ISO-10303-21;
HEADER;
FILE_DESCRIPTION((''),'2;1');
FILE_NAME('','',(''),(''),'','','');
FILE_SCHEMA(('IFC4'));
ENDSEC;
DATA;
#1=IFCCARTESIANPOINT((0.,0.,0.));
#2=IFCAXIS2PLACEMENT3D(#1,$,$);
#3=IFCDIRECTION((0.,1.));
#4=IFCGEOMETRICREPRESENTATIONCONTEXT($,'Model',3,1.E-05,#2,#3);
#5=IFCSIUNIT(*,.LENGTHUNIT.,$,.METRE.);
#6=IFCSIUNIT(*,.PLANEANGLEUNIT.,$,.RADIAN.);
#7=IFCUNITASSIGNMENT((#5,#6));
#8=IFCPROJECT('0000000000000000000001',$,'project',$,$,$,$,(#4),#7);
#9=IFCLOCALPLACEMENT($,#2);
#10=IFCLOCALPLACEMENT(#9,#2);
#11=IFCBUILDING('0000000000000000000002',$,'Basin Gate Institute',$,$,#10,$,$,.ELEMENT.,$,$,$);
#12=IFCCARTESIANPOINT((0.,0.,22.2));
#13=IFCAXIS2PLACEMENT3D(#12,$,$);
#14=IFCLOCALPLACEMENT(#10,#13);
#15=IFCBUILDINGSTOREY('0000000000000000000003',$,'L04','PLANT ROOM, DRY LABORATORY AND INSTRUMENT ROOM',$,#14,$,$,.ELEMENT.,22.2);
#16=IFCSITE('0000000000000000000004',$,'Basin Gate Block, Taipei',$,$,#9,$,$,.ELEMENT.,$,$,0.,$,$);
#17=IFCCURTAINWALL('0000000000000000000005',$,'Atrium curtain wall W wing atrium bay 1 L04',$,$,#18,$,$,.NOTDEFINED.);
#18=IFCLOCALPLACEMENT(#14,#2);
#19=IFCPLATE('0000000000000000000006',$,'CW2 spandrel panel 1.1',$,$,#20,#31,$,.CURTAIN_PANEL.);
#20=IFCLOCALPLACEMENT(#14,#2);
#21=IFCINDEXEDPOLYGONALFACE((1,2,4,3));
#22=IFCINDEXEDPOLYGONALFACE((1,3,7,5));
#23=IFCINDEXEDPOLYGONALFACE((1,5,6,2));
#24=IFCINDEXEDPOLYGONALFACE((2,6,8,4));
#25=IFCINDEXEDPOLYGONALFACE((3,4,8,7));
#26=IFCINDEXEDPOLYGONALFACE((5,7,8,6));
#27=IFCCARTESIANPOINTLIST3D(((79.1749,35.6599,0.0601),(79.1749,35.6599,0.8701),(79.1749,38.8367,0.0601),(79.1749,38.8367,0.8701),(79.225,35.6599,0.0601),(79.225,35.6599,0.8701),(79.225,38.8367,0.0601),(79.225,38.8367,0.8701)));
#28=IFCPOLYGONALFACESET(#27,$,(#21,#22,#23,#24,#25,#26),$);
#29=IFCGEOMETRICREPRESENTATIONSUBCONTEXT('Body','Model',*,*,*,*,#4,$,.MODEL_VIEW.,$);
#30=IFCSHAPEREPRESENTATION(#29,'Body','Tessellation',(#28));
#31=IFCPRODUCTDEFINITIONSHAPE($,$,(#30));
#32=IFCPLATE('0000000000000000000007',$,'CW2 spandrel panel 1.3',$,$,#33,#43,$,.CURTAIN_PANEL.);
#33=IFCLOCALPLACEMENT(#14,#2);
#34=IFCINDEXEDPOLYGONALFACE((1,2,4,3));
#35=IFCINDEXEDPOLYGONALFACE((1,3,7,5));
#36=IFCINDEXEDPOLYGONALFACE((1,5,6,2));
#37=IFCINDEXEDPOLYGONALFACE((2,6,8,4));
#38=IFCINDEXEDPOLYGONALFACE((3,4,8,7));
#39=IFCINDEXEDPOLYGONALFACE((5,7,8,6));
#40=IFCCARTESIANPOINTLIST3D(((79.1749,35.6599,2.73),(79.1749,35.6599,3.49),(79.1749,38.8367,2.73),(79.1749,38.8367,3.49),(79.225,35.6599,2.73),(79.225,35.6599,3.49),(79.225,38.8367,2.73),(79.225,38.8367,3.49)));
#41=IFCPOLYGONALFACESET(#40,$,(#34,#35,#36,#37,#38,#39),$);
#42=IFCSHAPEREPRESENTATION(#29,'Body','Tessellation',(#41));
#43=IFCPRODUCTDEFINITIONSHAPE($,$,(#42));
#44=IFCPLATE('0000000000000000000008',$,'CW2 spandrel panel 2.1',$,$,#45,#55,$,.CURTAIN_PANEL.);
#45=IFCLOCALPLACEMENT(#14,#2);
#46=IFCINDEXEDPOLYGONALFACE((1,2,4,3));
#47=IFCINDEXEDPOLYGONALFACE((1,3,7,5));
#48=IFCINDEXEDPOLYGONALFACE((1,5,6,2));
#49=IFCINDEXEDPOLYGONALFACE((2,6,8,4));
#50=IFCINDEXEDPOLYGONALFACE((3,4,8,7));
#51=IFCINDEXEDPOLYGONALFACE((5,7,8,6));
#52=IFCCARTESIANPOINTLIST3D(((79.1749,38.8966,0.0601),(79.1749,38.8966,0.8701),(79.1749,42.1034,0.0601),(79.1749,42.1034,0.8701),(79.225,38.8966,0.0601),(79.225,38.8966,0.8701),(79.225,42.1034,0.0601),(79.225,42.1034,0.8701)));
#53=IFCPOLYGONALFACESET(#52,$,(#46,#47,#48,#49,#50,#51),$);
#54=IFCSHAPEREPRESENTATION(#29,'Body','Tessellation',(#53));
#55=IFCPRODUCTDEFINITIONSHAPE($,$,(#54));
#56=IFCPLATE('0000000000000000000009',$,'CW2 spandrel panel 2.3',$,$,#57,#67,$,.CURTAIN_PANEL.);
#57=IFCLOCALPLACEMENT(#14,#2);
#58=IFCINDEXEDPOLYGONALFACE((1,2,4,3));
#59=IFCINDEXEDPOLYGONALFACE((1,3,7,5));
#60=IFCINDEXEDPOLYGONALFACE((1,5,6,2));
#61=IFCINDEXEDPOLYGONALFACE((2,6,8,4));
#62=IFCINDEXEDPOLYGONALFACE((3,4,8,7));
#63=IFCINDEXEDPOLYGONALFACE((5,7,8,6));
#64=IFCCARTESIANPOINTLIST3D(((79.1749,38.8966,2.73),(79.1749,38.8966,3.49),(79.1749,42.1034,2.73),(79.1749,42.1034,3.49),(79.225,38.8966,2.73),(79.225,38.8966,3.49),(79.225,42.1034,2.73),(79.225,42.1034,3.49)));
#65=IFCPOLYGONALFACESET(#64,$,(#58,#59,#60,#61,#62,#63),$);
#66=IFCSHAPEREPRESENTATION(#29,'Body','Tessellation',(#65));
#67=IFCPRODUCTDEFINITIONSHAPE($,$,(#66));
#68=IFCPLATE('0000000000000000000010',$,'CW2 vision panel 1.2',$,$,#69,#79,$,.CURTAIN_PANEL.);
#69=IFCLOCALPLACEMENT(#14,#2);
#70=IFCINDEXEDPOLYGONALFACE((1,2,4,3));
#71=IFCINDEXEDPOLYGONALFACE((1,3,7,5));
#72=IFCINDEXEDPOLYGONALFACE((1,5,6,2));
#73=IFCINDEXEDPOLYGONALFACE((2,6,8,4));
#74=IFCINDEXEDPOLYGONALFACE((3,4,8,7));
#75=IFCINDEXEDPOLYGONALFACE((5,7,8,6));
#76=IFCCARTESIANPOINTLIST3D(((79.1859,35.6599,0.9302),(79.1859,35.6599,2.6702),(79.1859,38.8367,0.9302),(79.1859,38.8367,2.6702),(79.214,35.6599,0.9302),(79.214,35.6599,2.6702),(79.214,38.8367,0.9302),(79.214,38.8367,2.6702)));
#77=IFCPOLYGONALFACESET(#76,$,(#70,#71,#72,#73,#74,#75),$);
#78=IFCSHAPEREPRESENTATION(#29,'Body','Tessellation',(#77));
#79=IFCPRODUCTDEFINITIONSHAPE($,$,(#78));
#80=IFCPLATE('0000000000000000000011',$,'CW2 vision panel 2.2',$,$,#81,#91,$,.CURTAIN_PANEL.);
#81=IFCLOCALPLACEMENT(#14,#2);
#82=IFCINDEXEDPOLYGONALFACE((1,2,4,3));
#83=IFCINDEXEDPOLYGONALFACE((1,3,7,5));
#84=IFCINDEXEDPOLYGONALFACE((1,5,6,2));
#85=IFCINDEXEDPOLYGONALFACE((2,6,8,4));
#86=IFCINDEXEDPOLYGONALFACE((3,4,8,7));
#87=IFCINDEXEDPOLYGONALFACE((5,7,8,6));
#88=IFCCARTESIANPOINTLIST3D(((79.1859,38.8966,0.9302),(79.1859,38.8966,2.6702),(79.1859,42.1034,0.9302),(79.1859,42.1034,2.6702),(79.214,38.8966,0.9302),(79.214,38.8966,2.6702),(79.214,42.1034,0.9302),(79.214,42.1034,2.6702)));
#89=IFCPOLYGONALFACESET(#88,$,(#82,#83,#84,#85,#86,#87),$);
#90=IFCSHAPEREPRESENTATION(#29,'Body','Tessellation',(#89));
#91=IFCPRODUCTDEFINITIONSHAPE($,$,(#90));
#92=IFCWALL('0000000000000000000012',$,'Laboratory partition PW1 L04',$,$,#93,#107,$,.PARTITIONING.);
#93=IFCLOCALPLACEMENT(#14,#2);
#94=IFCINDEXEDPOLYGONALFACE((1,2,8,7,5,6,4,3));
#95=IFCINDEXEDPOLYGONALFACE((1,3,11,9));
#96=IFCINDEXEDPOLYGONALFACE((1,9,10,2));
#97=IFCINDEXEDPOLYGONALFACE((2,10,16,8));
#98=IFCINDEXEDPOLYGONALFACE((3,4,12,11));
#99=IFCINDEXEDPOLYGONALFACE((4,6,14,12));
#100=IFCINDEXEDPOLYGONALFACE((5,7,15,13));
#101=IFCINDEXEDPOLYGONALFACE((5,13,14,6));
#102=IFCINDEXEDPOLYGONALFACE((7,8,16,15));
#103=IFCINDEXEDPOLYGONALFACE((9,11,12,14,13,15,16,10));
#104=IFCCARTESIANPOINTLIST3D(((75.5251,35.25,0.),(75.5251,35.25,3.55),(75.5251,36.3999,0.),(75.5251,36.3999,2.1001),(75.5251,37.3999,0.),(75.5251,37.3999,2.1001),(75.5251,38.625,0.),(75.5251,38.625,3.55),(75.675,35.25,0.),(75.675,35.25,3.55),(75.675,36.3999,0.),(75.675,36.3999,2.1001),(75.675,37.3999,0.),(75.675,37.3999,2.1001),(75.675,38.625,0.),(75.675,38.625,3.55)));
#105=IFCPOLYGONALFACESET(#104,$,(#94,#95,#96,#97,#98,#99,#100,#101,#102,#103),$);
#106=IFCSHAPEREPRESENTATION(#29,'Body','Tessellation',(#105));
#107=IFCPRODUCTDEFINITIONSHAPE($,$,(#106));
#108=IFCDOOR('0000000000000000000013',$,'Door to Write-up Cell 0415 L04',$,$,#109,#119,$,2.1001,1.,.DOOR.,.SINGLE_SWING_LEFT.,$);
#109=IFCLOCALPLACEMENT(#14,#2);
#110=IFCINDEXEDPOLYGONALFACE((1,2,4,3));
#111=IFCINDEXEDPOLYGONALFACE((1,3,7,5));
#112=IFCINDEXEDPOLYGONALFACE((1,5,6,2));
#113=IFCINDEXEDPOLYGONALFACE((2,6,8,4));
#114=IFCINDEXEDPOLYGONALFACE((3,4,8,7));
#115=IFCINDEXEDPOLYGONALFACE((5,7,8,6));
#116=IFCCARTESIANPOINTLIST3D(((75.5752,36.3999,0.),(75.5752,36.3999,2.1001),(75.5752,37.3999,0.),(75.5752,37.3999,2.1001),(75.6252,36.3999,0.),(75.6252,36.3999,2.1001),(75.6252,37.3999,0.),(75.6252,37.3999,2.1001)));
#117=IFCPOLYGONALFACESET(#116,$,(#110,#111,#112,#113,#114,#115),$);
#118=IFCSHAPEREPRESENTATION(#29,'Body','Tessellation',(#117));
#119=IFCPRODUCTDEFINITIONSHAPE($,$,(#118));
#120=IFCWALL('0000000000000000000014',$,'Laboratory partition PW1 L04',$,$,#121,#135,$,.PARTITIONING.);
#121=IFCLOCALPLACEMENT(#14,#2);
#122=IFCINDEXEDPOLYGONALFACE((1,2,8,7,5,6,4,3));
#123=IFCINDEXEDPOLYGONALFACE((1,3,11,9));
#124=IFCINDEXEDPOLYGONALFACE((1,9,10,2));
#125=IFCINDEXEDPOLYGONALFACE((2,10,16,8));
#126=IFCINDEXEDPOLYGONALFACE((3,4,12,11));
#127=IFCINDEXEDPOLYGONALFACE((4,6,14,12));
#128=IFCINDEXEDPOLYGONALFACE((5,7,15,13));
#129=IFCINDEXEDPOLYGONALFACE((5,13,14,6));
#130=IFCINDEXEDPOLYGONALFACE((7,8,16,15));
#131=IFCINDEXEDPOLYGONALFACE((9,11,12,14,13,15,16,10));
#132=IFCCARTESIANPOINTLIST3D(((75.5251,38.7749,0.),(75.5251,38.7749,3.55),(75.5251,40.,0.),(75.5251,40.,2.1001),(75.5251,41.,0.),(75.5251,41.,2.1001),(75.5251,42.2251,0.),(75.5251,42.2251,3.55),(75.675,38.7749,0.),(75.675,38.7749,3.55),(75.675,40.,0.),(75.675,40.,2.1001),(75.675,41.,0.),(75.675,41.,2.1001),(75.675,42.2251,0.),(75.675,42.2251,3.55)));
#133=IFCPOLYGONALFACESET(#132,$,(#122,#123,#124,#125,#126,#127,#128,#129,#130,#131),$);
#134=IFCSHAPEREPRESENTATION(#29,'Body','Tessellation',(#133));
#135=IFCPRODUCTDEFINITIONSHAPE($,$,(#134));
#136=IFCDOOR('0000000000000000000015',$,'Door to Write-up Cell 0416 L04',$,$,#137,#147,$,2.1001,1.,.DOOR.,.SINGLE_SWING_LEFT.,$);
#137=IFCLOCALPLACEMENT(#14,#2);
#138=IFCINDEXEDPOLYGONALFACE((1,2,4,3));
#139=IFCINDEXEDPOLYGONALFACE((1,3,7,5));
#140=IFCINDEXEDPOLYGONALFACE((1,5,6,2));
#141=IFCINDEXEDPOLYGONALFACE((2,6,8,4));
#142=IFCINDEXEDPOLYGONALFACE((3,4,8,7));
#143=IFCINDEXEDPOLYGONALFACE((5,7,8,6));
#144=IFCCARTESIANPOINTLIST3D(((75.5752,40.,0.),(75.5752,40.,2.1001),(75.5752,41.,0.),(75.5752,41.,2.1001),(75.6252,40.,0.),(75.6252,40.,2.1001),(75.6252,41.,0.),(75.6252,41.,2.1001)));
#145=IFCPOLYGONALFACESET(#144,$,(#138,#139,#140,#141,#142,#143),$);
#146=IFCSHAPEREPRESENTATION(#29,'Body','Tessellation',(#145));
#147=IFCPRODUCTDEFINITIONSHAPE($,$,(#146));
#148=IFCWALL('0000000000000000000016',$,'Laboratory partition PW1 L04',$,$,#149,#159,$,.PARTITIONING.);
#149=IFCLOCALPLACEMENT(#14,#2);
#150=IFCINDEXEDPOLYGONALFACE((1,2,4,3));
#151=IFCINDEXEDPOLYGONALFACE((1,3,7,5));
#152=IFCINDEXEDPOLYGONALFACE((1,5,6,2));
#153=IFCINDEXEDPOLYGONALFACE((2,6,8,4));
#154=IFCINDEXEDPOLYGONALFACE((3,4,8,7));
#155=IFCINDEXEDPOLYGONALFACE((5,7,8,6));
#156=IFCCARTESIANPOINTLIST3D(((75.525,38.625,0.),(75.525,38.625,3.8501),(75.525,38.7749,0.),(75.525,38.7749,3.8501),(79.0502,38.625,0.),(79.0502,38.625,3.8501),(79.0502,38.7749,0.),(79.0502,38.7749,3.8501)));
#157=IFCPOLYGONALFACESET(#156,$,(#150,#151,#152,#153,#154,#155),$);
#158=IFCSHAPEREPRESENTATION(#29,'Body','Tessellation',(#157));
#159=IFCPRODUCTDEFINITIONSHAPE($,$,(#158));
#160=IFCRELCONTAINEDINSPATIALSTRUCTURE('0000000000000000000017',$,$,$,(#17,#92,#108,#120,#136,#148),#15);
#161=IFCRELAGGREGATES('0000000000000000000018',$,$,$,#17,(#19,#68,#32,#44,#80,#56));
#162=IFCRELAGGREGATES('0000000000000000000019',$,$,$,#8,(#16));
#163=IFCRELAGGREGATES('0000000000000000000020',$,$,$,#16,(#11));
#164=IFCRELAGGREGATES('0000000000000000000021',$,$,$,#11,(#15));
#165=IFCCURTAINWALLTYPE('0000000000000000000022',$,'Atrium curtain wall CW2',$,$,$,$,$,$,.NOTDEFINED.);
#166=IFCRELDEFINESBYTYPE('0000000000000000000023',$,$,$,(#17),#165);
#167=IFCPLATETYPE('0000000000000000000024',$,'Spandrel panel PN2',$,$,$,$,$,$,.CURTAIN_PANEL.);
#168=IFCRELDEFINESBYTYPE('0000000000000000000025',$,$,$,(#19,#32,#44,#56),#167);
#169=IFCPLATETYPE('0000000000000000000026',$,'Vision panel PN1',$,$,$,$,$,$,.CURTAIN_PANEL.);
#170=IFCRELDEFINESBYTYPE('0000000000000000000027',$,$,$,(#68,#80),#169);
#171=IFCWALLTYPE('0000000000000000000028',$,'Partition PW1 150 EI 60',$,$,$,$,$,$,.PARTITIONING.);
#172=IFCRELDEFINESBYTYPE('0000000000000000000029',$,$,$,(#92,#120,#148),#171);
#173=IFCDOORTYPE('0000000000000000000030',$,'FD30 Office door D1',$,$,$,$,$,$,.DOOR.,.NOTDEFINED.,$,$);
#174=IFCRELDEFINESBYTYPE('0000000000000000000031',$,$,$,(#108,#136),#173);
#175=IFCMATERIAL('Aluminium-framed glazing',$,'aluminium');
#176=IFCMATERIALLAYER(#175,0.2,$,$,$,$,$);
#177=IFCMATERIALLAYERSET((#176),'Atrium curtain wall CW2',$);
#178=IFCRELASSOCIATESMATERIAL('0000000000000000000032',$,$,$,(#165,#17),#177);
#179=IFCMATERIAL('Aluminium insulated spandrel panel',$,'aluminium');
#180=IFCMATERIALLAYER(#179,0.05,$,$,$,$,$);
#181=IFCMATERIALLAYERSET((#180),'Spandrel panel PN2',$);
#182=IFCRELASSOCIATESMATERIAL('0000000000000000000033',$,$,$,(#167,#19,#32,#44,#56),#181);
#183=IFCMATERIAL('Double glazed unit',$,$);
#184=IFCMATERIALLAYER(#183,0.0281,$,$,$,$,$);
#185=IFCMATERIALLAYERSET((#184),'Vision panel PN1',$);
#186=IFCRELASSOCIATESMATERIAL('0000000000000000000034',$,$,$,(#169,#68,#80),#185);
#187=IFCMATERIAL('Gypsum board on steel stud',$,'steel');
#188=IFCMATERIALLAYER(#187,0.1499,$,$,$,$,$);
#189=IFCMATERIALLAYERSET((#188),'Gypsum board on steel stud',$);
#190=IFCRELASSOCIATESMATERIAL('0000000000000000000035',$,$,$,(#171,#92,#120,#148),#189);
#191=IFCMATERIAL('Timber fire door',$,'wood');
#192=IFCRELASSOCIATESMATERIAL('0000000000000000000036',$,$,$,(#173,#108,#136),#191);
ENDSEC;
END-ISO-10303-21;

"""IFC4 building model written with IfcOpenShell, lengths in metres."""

from ifc_helpers import new_model, si_unit, direction, frame, frame_2d, origin, origin_2d, place, context, subcontext, project, spatial, rectangle, extrude, material, layer, layer_set, type_object, element, fill, aggregate, save


model = new_model("IFC4")

# Units and contexts
model_context = context("Model", 3, precision=1e-05, world=origin(), true_north=direction((0.0, 1.0)))
body_context = subcontext(model_context, "Body", "Model", "MODEL_VIEW")
ifc_project = project(units=[si_unit("LENGTHUNIT", "METRE"), si_unit("PLANEANGLEUNIT", "RADIAN")], contexts=[model_context])

# Site, building, storey
site_placement = place(None, origin())
site = spatial("IfcSite", under=ifc_project, at=site_placement, Name="Basin Gate Block, Taipei", CompositionType="ELEMENT", RefElevation=0.0)
building_placement = place(site_placement, origin())
building = spatial("IfcBuilding", under=site, at=building_placement, Name="Basin Gate Institute", CompositionType="ELEMENT")
storey_placement = place(building_placement, frame((0.0, 0.0, 22.2)))
storey = spatial("IfcBuildingStorey", under=building, at=storey_placement, Name="L04", Description="PLANT ROOM, DRY LABORATORY AND INSTRUMENT ROOM", CompositionType="ELEMENT", Elevation=22.2)

# Curtain wall
ifc_material_1 = material(Name="Aluminium-framed glazing", Category="aluminium")
ifc_layer_1 = layer(ifc_material_1, 0.2)
ifc_layer_set_1 = layer_set([ifc_layer_1], Name="Atrium curtain wall CW2")
curtain_wall_type = type_object("IfcCurtainWallType", Name="Atrium curtain wall CW2", PredefinedType="NOTDEFINED", material=ifc_layer_set_1)
curtain_wall_placement = place(storey_placement, origin())
curtain_wall = element("IfcCurtainWall", 1, at=curtain_wall_placement, inside=storey, type_object=curtain_wall_type, material=ifc_layer_set_1, Name="Atrium curtain wall W wing atrium bay 1 L04", PredefinedType="NOTDEFINED")

# Plates
ifc_material_2 = material(Name="Aluminium insulated spandrel panel", Category="aluminium")
ifc_layer_2 = layer(ifc_material_2, 0.05)
ifc_layer_set_2 = layer_set([ifc_layer_2], Name="Spandrel panel PN2")
plate_type_1 = type_object("IfcPlateType", Name="Spandrel panel PN2", PredefinedType="CURTAIN_PANEL", material=ifc_layer_set_2)
plate_1_placement = place(storey_placement, frame((79.2, 37.2483, 0.0601), z_axis=(0.0, 0.0, 1.0), x_axis=(0.0, 1.0, 0.0)))
plate_1 = element("IfcPlate", 2, at=plate_1_placement, type_object=plate_type_1, material=ifc_layer_set_2, Name="CW2 spandrel panel 1.1", PredefinedType="CURTAIN_PANEL", context=body_context, shape_type="SweptSolid", body=[
    extrude(rectangle(XDim=3.1768, YDim=0.05, at=origin_2d()), origin(), (0.0, 0.0, 1.0), 0.8101),
])
plate_2_placement = place(storey_placement, frame((79.2, 37.2483, 2.73), z_axis=(0.0, 0.0, 1.0), x_axis=(0.0, 1.0, 0.0)))
plate_2 = element("IfcPlate", 3, at=plate_2_placement, type_object=plate_type_1, material=ifc_layer_set_2, Name="CW2 spandrel panel 1.3", PredefinedType="CURTAIN_PANEL", context=body_context, shape_type="SweptSolid", body=[
    extrude(rectangle(XDim=3.1768, YDim=0.05, at=origin_2d()), origin(), (0.0, 0.0, 1.0), 0.76),
])
plate_3_placement = place(storey_placement, frame((79.2, 40.5, 0.0601), z_axis=(0.0, 0.0, 1.0), x_axis=(0.0, 1.0, 0.0)))
plate_3 = element("IfcPlate", 4, at=plate_3_placement, type_object=plate_type_1, material=ifc_layer_set_2, Name="CW2 spandrel panel 2.1", PredefinedType="CURTAIN_PANEL", context=body_context, shape_type="SweptSolid", body=[
    extrude(rectangle(XDim=3.2068, YDim=0.05, at=origin_2d()), origin(), (0.0, 0.0, 1.0), 0.8101),
])
plate_4_placement = place(storey_placement, frame((79.2, 40.5, 2.73), z_axis=(0.0, 0.0, 1.0), x_axis=(0.0, 1.0, 0.0)))
plate_4 = element("IfcPlate", 5, at=plate_4_placement, type_object=plate_type_1, material=ifc_layer_set_2, Name="CW2 spandrel panel 2.3", PredefinedType="CURTAIN_PANEL", context=body_context, shape_type="SweptSolid", body=[
    extrude(rectangle(XDim=3.2068, YDim=0.05, at=origin_2d()), origin(), (0.0, 0.0, 1.0), 0.76),
])
ifc_material_3 = material(Name="Double glazed unit")
ifc_layer_3 = layer(ifc_material_3, 0.0281)
ifc_layer_set_3 = layer_set([ifc_layer_3], Name="Vision panel PN1")
plate_type_2 = type_object("IfcPlateType", Name="Vision panel PN1", PredefinedType="CURTAIN_PANEL", material=ifc_layer_set_3)
plate_5_placement = place(storey_placement, frame((79.2, 37.2483, 0.9302), z_axis=(0.0, 0.0, 1.0), x_axis=(0.0, 1.0, 0.0)))
plate_5 = element("IfcPlate", 6, at=plate_5_placement, type_object=plate_type_2, material=ifc_layer_set_3, Name="CW2 vision panel 1.2", PredefinedType="CURTAIN_PANEL", context=body_context, shape_type="SweptSolid", body=[
    extrude(rectangle(XDim=3.1768, YDim=0.0281, at=origin_2d()), origin(), (0.0, 0.0, 1.0), 1.74),
])
plate_6_placement = place(storey_placement, frame((79.2, 40.5, 0.9302), z_axis=(0.0, 0.0, 1.0), x_axis=(0.0, 1.0, 0.0)))
plate_6 = element("IfcPlate", 7, at=plate_6_placement, type_object=plate_type_2, material=ifc_layer_set_3, Name="CW2 vision panel 2.2", PredefinedType="CURTAIN_PANEL", context=body_context, shape_type="SweptSolid", body=[
    extrude(rectangle(XDim=3.2068, YDim=0.0281, at=origin_2d()), origin(), (0.0, 0.0, 1.0), 1.74),
])
aggregate(curtain_wall, [plate_1, plate_5, plate_2, plate_3, plate_6, plate_4])

# Walls, openings, doors
ifc_material_4 = material(Name="Gypsum board on steel stud", Category="steel")
ifc_layer_4 = layer(ifc_material_4, 0.1499)
ifc_layer_set_4 = layer_set([ifc_layer_4], Name="Gypsum board on steel stud")
wall_type = type_object("IfcWallType", Name="Partition PW1 150 EI 60", PredefinedType="PARTITIONING", material=ifc_layer_set_4)
wall_1_placement = place(storey_placement, frame((75.6001, 35.25, 0.0), z_axis=(0.0, 0.0, 1.0), x_axis=(0.0, 1.0, 0.0)))
wall_1 = element("IfcWall", 8, at=wall_1_placement, inside=storey, type_object=wall_type, material=ifc_layer_set_4, Name="Laboratory partition PW1 L04", PredefinedType="PARTITIONING", context=body_context, shape_type="SweptSolid", body=[
    extrude(rectangle(XDim=3.375, YDim=0.1499, at=frame_2d((1.6875, 0.0))), origin(), (0.0, 0.0, 1.0), 3.55),
])
opening_1_placement = place(wall_1_placement, frame((1.1499, 0.0, 0.0)))
opening_1 = element("IfcOpeningElement", 9, at=opening_1_placement, cuts=wall_1, PredefinedType="OPENING", context=body_context, shape_type="SweptSolid", body=[
    extrude(rectangle(XDim=1.0, YDim=2.1001, at=frame_2d((0.5, 1.05))), frame((0.0, 0.085, 0.0), z_axis=(0.0, -1.0, 0.0), x_axis=(1.0, 0.0, 0.0)), (0.0, 0.0, 1.0), 0.1699),
])
ifc_material_5 = material(Name="Timber fire door", Category="wood")
door_type = type_object("IfcDoorType", Name="FD30 Office door D1", OperationType="NOTDEFINED", PredefinedType="DOOR", material=ifc_material_5)
door_1_placement = place(opening_1_placement, origin())
door_1 = element("IfcDoor", 10, at=door_1_placement, inside=storey, type_object=door_type, material=ifc_material_5, Name="Door to Write-up Cell 0415 L04", OperationType="SINGLE_SWING_LEFT", OverallHeight=2.1001, OverallWidth=1.0, PredefinedType="DOOR", context=body_context, shape_type="SweptSolid", body=[
    extrude(rectangle(XDim=1.0, YDim=2.1001, at=frame_2d((0.5, 1.05))), frame((0.0, 0.0249, 0.0), z_axis=(0.0, -1.0, 0.0), x_axis=(1.0, 0.0, 0.0)), (0.0, 0.0, 1.0), 0.05),
])
fill(opening_1, door_1)
wall_2_placement = place(storey_placement, frame((75.6001, 38.7749, 0.0), z_axis=(0.0, 0.0, 1.0), x_axis=(0.0, 1.0, 0.0)))
wall_2 = element("IfcWall", 11, at=wall_2_placement, inside=storey, type_object=wall_type, material=ifc_layer_set_4, Name="Laboratory partition PW1 L04", PredefinedType="PARTITIONING", context=body_context, shape_type="SweptSolid", body=[
    extrude(rectangle(XDim=3.4502, YDim=0.1499, at=frame_2d((1.7251, 0.0))), origin(), (0.0, 0.0, 1.0), 3.55),
])
opening_2_placement = place(wall_2_placement, frame((1.2251, 0.0, 0.0)))
opening_2 = element("IfcOpeningElement", 12, at=opening_2_placement, cuts=wall_2, PredefinedType="OPENING", context=body_context, shape_type="SweptSolid", body=[
    extrude(rectangle(XDim=1.0, YDim=2.1001, at=frame_2d((0.5, 1.05))), frame((0.0, 0.085, 0.0), z_axis=(0.0, -1.0, 0.0), x_axis=(1.0, 0.0, 0.0)), (0.0, 0.0, 1.0), 0.1699),
])
door_2_placement = place(opening_2_placement, origin())
door_2 = element("IfcDoor", 13, at=door_2_placement, inside=storey, type_object=door_type, material=ifc_material_5, Name="Door to Write-up Cell 0416 L04", OperationType="SINGLE_SWING_LEFT", OverallHeight=2.1001, OverallWidth=1.0, PredefinedType="DOOR", context=body_context, shape_type="SweptSolid", body=[
    extrude(rectangle(XDim=1.0, YDim=2.1001, at=frame_2d((0.5, 1.05))), frame((0.0, 0.0249, 0.0), z_axis=(0.0, -1.0, 0.0), x_axis=(1.0, 0.0, 0.0)), (0.0, 0.0, 1.0), 0.05),
])
fill(opening_2, door_2)

# Wall
wall_3_placement = place(storey_placement, frame((75.5249, 38.7, 0.0), z_axis=(0.0, 0.0, 1.0), x_axis=(1.0, 0.0, 0.0)))
element("IfcWall", 14, at=wall_3_placement, inside=storey, type_object=wall_type, material=ifc_layer_set_4, Name="Laboratory partition PW1 L04", PredefinedType="PARTITIONING", context=body_context, shape_type="SweptSolid", body=[
    extrude(rectangle(XDim=3.5251, YDim=0.1499, at=frame_2d((1.7627, 0.0))), origin(), (0.0, 0.0, 1.0), 3.8501),
])

save(model, "model.ifc")
